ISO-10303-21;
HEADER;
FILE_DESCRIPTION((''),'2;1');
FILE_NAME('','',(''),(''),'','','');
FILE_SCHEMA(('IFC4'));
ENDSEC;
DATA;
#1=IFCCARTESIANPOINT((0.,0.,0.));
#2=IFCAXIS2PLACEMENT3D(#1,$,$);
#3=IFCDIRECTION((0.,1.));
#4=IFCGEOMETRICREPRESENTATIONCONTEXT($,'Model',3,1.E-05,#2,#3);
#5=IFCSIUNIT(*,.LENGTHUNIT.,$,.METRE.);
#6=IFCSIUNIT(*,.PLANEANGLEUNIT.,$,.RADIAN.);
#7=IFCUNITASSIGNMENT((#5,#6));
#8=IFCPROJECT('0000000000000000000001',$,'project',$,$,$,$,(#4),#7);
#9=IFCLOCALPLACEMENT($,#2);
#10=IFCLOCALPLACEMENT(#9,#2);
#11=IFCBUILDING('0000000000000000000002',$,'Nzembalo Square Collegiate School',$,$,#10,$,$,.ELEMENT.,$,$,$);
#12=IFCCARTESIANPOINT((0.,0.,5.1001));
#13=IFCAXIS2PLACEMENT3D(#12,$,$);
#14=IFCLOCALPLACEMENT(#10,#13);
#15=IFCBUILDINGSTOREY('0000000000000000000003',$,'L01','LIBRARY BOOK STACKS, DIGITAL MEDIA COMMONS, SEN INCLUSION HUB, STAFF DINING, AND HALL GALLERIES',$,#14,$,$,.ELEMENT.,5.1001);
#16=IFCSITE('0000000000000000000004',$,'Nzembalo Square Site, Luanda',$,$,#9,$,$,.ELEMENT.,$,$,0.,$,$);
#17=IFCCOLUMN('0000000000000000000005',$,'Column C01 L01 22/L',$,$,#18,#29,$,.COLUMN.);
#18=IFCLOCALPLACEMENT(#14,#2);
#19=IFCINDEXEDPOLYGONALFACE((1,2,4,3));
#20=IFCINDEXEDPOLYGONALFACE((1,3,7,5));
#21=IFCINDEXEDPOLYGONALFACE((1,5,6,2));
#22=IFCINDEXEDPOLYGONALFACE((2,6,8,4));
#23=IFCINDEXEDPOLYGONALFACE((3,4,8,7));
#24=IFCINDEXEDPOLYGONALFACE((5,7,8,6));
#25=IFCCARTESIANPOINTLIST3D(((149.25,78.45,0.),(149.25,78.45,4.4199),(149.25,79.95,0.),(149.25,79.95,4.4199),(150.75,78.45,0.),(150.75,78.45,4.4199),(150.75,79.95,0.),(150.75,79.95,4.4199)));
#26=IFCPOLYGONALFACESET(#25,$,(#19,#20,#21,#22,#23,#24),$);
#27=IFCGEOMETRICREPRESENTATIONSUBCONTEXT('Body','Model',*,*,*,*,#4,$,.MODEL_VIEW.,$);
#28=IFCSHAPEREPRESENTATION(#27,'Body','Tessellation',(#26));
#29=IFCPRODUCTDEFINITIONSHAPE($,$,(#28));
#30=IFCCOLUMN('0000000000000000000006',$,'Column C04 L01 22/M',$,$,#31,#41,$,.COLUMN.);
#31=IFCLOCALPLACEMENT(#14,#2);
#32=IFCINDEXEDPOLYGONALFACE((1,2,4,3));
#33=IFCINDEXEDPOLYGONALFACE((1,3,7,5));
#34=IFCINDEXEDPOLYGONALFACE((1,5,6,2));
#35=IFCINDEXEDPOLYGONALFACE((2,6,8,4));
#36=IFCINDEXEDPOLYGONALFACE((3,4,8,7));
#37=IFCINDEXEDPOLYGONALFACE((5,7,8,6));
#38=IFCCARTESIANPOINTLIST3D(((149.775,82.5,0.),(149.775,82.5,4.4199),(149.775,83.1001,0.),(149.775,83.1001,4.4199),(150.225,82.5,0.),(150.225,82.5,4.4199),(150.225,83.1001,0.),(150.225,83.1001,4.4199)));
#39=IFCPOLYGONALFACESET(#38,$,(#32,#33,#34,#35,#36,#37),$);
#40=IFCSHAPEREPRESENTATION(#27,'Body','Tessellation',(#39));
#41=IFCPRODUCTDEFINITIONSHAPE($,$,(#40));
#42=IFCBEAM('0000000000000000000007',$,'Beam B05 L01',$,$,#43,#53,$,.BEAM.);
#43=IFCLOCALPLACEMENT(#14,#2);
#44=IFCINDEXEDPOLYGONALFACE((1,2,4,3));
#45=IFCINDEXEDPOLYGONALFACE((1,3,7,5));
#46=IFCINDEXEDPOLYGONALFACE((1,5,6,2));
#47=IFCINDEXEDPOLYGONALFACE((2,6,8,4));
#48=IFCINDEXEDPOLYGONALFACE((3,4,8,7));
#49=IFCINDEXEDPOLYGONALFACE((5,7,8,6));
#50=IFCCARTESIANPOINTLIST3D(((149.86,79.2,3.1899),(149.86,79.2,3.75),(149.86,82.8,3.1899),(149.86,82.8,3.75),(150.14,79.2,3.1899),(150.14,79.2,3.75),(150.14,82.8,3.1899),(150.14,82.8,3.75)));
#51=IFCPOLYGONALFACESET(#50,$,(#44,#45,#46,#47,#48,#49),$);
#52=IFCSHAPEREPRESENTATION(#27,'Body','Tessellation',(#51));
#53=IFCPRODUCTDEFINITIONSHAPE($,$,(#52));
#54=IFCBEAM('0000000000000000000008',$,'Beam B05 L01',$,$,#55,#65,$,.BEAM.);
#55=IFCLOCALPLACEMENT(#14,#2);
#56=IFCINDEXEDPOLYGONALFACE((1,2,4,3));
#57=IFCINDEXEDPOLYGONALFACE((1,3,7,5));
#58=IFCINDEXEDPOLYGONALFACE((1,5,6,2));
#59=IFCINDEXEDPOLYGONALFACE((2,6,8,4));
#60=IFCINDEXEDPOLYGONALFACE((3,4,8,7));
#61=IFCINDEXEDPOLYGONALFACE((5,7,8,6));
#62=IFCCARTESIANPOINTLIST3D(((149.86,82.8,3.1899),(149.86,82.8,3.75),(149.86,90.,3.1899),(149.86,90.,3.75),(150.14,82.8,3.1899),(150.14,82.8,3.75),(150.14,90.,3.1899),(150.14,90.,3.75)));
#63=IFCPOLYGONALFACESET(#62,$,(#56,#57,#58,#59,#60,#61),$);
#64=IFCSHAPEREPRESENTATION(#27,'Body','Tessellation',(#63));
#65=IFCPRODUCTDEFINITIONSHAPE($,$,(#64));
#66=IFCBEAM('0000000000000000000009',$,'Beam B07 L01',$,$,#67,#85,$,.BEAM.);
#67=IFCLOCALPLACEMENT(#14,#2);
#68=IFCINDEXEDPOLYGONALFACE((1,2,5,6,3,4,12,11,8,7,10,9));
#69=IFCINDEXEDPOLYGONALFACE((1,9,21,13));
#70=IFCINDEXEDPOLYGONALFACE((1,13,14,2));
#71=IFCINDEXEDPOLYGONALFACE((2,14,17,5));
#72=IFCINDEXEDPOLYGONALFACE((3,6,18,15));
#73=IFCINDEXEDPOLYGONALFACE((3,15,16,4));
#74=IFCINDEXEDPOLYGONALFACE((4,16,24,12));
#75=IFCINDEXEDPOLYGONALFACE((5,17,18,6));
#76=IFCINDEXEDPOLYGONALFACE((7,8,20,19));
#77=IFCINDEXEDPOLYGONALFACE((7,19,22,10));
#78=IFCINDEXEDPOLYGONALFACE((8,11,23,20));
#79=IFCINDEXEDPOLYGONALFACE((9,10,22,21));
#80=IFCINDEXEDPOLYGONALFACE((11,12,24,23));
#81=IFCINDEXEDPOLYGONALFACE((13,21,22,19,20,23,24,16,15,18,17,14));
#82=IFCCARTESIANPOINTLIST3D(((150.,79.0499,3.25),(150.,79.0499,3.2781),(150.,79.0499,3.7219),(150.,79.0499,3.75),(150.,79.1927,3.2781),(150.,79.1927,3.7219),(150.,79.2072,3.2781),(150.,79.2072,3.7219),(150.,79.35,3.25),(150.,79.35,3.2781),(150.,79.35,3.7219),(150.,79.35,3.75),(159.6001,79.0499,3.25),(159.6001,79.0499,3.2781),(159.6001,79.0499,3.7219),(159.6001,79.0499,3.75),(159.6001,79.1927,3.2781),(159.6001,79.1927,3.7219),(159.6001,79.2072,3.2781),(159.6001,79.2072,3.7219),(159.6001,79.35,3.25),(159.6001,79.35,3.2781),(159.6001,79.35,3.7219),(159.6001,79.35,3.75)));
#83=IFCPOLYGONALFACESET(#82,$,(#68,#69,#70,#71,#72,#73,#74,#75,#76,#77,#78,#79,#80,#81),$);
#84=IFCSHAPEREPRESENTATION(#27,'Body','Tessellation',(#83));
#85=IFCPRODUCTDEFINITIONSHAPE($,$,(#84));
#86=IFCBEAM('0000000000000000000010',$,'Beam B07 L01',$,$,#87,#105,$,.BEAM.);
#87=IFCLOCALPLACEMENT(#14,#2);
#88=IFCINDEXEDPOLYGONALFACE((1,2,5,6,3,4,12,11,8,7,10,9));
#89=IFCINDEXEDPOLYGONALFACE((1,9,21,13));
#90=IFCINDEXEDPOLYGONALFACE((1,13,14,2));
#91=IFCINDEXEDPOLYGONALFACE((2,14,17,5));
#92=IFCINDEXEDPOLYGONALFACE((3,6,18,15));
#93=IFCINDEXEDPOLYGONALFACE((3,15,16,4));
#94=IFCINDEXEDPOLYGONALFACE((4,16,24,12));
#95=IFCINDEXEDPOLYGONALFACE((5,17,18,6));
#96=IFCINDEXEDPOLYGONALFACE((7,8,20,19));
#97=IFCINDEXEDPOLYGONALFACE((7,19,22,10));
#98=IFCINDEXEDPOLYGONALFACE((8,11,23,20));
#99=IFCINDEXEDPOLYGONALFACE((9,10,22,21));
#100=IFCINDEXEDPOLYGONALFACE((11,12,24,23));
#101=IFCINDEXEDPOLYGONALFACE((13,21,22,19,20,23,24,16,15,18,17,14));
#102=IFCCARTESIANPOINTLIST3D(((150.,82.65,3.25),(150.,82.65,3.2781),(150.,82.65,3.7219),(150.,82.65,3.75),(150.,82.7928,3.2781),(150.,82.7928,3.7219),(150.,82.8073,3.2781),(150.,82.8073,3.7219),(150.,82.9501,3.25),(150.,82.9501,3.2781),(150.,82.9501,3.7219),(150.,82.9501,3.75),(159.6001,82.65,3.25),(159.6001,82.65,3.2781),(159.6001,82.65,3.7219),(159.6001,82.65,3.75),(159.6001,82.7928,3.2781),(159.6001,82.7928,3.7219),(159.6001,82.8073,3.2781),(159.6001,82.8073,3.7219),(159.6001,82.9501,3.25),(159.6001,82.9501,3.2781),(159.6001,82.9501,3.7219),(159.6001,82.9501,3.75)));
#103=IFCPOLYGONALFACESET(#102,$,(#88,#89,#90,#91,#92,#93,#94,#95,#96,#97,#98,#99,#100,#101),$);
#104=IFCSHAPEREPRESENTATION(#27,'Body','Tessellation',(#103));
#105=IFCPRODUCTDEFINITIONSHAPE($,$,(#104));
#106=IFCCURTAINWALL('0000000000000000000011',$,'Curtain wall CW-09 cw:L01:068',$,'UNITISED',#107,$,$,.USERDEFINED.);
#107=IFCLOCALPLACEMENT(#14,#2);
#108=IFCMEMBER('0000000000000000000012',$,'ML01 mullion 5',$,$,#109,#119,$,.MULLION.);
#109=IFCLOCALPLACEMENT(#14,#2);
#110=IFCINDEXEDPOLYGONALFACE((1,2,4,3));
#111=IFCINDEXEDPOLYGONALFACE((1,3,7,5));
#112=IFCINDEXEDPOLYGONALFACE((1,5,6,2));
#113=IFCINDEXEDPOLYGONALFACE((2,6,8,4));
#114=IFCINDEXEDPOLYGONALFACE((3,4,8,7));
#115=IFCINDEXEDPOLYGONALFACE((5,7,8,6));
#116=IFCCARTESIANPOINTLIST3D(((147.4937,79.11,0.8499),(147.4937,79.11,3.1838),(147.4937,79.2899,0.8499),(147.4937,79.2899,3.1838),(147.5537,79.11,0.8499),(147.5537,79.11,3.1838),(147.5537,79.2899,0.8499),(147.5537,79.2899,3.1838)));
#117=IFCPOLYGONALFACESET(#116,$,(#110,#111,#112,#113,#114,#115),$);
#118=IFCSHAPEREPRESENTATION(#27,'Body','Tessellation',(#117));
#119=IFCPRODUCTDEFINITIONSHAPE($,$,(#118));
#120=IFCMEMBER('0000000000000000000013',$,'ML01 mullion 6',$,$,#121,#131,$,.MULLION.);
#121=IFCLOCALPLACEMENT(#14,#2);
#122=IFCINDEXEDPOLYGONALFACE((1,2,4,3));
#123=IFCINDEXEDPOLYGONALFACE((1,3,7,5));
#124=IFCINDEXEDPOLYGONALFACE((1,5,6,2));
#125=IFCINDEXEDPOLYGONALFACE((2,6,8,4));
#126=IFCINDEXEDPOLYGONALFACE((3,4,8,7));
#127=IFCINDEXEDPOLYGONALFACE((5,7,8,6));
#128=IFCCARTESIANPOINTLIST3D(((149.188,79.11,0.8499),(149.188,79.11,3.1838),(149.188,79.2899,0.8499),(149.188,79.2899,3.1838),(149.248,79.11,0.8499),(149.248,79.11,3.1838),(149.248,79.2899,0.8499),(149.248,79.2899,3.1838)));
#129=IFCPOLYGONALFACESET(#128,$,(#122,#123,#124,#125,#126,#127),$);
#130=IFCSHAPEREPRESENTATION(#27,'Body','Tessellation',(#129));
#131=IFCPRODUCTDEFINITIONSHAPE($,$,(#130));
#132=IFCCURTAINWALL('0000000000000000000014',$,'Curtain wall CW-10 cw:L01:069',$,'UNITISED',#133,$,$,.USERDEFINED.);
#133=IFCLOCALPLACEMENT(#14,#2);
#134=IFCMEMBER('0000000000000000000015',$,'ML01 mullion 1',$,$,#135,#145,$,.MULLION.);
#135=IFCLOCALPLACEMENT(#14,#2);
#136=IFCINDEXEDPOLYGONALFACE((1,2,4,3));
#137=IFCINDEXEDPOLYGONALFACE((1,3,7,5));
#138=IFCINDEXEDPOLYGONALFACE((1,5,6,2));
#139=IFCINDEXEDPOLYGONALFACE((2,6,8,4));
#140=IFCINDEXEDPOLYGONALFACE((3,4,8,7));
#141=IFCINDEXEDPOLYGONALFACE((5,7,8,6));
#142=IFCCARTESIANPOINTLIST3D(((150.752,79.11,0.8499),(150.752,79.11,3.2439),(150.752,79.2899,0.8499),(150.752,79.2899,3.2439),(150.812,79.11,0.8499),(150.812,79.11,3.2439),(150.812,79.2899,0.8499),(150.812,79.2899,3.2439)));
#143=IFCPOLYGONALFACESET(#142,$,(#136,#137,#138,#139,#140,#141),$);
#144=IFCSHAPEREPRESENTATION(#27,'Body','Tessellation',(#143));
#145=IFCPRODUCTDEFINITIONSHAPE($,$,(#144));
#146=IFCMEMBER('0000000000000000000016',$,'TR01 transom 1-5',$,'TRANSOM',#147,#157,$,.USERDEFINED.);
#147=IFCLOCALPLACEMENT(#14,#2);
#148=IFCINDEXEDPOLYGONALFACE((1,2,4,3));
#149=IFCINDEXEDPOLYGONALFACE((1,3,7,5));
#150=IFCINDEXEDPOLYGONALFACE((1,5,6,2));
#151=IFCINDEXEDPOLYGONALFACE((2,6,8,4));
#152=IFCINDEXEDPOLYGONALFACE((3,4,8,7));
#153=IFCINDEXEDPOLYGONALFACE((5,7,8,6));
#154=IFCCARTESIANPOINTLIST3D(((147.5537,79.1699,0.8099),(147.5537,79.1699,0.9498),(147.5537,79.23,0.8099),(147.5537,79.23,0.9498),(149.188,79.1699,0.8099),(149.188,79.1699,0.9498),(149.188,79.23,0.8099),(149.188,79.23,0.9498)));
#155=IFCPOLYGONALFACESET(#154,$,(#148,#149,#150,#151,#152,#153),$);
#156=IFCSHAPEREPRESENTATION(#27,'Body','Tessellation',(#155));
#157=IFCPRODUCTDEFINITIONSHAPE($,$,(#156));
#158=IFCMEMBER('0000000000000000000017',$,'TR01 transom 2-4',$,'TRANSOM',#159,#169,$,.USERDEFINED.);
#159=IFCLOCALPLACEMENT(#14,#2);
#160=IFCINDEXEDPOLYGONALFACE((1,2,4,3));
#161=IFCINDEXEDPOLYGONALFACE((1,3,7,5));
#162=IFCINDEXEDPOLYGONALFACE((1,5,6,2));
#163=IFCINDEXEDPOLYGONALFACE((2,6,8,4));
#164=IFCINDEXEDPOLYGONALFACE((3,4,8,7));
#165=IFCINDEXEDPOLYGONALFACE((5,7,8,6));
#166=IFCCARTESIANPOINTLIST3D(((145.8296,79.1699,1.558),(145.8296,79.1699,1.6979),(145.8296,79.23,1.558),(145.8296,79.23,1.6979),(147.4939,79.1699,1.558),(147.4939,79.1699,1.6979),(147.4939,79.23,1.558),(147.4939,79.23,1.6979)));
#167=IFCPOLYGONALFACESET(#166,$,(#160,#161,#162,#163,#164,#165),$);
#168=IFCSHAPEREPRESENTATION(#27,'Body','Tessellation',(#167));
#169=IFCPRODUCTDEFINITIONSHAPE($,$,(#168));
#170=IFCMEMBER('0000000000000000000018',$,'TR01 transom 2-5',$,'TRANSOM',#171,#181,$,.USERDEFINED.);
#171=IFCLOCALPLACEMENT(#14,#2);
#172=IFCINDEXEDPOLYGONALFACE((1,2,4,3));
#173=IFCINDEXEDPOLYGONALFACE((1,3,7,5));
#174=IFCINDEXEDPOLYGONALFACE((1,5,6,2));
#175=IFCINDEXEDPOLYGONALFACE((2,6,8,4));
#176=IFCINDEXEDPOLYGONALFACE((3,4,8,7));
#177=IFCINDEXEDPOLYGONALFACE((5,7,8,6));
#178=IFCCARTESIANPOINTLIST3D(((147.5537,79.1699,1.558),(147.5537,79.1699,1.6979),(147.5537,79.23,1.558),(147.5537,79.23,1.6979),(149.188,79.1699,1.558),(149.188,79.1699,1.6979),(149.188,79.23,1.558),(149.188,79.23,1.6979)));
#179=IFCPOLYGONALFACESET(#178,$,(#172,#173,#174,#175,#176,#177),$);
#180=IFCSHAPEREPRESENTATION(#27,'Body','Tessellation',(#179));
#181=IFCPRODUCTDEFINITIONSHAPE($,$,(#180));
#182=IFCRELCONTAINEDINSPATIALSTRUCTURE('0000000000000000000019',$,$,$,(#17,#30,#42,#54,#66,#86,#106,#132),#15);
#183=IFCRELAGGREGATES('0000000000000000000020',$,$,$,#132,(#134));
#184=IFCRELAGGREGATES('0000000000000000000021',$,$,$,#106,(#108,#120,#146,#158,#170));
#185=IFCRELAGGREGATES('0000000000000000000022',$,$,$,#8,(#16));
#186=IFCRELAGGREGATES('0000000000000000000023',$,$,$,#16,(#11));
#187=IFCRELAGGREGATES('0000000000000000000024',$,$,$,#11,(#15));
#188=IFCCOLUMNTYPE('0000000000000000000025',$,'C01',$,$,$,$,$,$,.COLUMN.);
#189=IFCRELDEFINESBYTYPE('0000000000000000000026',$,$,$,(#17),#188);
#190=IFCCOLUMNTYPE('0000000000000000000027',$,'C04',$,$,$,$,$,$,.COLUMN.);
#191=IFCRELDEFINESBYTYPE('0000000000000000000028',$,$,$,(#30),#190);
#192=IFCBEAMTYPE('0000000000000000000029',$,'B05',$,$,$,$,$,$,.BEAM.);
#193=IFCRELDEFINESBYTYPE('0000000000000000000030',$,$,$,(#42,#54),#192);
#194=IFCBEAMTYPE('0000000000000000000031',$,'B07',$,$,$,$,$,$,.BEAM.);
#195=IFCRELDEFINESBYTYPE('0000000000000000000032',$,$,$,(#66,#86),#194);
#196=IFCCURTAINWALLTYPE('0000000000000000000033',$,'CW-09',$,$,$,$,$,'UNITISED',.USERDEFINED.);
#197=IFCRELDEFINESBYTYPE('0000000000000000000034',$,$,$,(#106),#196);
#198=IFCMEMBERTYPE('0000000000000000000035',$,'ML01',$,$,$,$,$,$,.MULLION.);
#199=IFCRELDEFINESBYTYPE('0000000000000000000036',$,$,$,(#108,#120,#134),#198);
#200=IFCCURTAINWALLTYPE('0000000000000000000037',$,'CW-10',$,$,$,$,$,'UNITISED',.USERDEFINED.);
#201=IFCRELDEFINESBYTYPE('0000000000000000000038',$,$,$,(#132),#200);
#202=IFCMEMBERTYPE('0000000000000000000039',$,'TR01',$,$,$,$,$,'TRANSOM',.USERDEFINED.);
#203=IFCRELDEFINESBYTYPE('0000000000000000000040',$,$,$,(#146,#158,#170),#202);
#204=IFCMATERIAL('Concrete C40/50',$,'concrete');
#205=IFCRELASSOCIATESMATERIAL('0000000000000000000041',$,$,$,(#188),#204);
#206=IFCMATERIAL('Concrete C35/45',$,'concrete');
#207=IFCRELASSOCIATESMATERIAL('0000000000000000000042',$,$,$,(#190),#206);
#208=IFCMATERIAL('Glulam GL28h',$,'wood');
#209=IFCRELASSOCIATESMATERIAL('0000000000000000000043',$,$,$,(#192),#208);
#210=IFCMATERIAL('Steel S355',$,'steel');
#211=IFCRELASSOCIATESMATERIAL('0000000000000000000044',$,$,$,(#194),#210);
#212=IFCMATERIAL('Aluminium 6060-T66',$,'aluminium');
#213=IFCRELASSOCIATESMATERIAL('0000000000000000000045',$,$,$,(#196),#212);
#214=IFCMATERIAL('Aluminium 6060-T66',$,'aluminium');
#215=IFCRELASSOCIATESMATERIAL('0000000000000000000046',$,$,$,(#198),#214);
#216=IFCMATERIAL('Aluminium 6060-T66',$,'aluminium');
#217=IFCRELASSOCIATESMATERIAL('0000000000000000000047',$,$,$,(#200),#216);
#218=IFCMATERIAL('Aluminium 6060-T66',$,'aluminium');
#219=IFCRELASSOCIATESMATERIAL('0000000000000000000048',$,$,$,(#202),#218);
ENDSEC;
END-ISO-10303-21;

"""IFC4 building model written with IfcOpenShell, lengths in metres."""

from ifc_helpers import new_model, si_unit, direction, frame, origin, origin_2d, place, context, subcontext, project, spatial, rectangle, i_section, extrude, material, material_profile, profile_set, type_object, element, aggregate, save


model = new_model("IFC4")

# Units and contexts
model_context = context("Model", 3, precision=1e-05, world=origin(), true_north=direction((0.0, 1.0)))
body_context = subcontext(model_context, "Body", "Model", "MODEL_VIEW")
ifc_project = project(units=[si_unit("LENGTHUNIT", "METRE"), si_unit("PLANEANGLEUNIT", "RADIAN")], contexts=[model_context])

# Site, building, storey
site_placement = place(None, origin())
site = spatial("IfcSite", under=ifc_project, at=site_placement, Name="Nzembalo Square Site, Luanda", CompositionType="ELEMENT", RefElevation=0.0)
building_placement = place(site_placement, origin())
building = spatial("IfcBuilding", under=site, at=building_placement, Name="Nzembalo Square Collegiate School", CompositionType="ELEMENT")
storey_placement = place(building_placement, frame((0.0, 0.0, 5.1001)))
storey = spatial("IfcBuildingStorey", under=building, at=storey_placement, Name="L01", Description="LIBRARY BOOK STACKS, DIGITAL MEDIA COMMONS, SEN INCLUSION HUB, STAFF DINING, AND HALL GALLERIES", CompositionType="ELEMENT", Elevation=5.1001)

# Columns
ifc_material_1 = material(Name="Concrete C40/50", Category="concrete")
ifc_material_profile_1 = material_profile(ifc_material_1, rectangle(XDim=1.5, YDim=1.5, at=origin_2d()), Name="RC 1500x1500")
ifc_profile_set_1 = profile_set([ifc_material_profile_1], Name="Concrete C40/50")
column_type_1 = type_object("IfcColumnType", Name="C01", PredefinedType="COLUMN", material=ifc_profile_set_1)
column_1_placement = place(storey_placement, frame((150.0, 79.2, 0.0), z_axis=(0.0, 0.0, 1.0), x_axis=(1.0, 0.0, 0.0)))
element("IfcColumn", 1, at=column_1_placement, inside=storey, type_object=column_type_1, Name="Column C01 L01 22/L", PredefinedType="COLUMN", context=body_context, shape_type="SweptSolid", body=[
    extrude(rectangle(XDim=1.5, YDim=1.5, at=origin_2d()), origin(), (0.0, 0.0, 1.0), 4.4199),
])
ifc_material_2 = material(Name="Concrete C35/45", Category="concrete")
ifc_material_profile_2 = material_profile(ifc_material_2, rectangle(XDim=0.45, YDim=0.6001, at=origin_2d()), Name="RC 450x600")
ifc_profile_set_2 = profile_set([ifc_material_profile_2], Name="Concrete C35/45")
column_type_2 = type_object("IfcColumnType", Name="C04", PredefinedType="COLUMN", material=ifc_profile_set_2)
column_2_placement = place(storey_placement, frame((150.0, 82.8, 0.0), z_axis=(0.0, 0.0, 1.0), x_axis=(1.0, 0.0, 0.0)))
element("IfcColumn", 2, at=column_2_placement, inside=storey, type_object=column_type_2, Name="Column C04 L01 22/M", PredefinedType="COLUMN", context=body_context, shape_type="SweptSolid", body=[
    extrude(rectangle(XDim=0.45, YDim=0.6001, at=origin_2d()), origin(), (0.0, 0.0, 1.0), 4.4199),
])

# Beams
ifc_material_3 = material(Name="Glulam GL28h", Category="wood")
ifc_material_profile_3 = material_profile(ifc_material_3, rectangle(XDim=0.28, YDim=0.5601, at=origin_2d()), Name="GL28h 280x560")
ifc_profile_set_3 = profile_set([ifc_material_profile_3], Name="Glulam GL28h")
beam_type_1 = type_object("IfcBeamType", Name="B05", PredefinedType="BEAM", material=ifc_profile_set_3)
beam_1_placement = place(storey_placement, frame((150.0, 79.2, 3.47), z_axis=(0.0, 1.0, 0.0), x_axis=(-1.0, 0.0, 0.0)))
element("IfcBeam", 3, at=beam_1_placement, inside=storey, type_object=beam_type_1, Name="Beam B05 L01", PredefinedType="BEAM", context=body_context, shape_type="SweptSolid", body=[
    extrude(rectangle(XDim=0.28, YDim=0.5601, at=origin_2d()), origin(), (0.0, 0.0, 1.0), 3.6001),
])
beam_2_placement = place(storey_placement, frame((150.0, 82.8, 3.47), z_axis=(0.0, 1.0, 0.0), x_axis=(-1.0, 0.0, 0.0)))
element("IfcBeam", 4, at=beam_2_placement, inside=storey, type_object=beam_type_1, Name="Beam B05 L01", PredefinedType="BEAM", context=body_context, shape_type="SweptSolid", body=[
    extrude(rectangle(XDim=0.28, YDim=0.5601, at=origin_2d()), origin(), (0.0, 0.0, 1.0), 7.2),
])
ifc_material_4 = material(Name="Steel S355", Category="steel")
ifc_material_profile_4 = material_profile(ifc_material_4, i_section(OverallWidth=0.3, OverallDepth=0.5, WebThickness=0.0144, FlangeThickness=0.0281, at=origin_2d()), Name="HEB 500")
ifc_profile_set_4 = profile_set([ifc_material_profile_4], Name="Steel S355")
beam_type_2 = type_object("IfcBeamType", Name="B07", PredefinedType="BEAM", material=ifc_profile_set_4)
for number, where, z_axis, x_axis, name in (
    (5, (150.0, 79.2, 3.5), (1.0, 0.0, 0.0), (0.0, 1.0, 0.0), "Beam B07 L01"),
    (6, (150.0, 82.8, 3.5), (1.0, 0.0, 0.0), (0.0, 1.0, 0.0), "Beam B07 L01"),
):
    element("IfcBeam", number, at=place(storey_placement, frame(where, z_axis=z_axis, x_axis=x_axis)), inside=storey, type_object=beam_type_2, Name=name, PredefinedType="BEAM", context=body_context, shape_type="SweptSolid", body=[
        extrude(i_section(OverallWidth=0.3, OverallDepth=0.5, WebThickness=0.0144, FlangeThickness=0.0281, at=origin_2d()), origin(), (0.0, 0.0, 1.0), 9.6001),
    ])

# Curtain wall, members
ifc_material_5 = material(Name="Aluminium 6060-T66", Category="aluminium")
curtain_wall_type_1 = type_object("IfcCurtainWallType", Name="CW-09", ElementType="UNITISED", PredefinedType="USERDEFINED", material=ifc_material_5)
curtain_wall_1_placement = place(storey_placement, origin())
curtain_wall_1 = element("IfcCurtainWall", 7, at=curtain_wall_1_placement, inside=storey, type_object=curtain_wall_type_1, Name="Curtain wall CW-09 cw:L01:068", ObjectType="UNITISED", PredefinedType="USERDEFINED")
ifc_material_6 = material(Name="Aluminium 6060-T66", Category="aluminium")
ifc_material_profile_5 = material_profile(ifc_material_6, rectangle(XDim=0.0601, YDim=0.1799, at=origin_2d()), Name="ALU M60x180")
ifc_profile_set_5 = profile_set([ifc_material_profile_5], Name="Aluminium 6060-T66")
member_type_1 = type_object("IfcMemberType", Name="ML01", PredefinedType="MULLION", material=ifc_profile_set_5)
member_1_placement = place(storey_placement, frame((147.5237, 79.2, 0.8499), z_axis=(0.0, 0.0, 1.0), x_axis=(1.0, 0.0, 0.0)))
member_1 = element("IfcMember", 8, at=member_1_placement, type_object=member_type_1, Name="ML01 mullion 5", PredefinedType="MULLION", context=body_context, shape_type="SweptSolid", body=[
    extrude(rectangle(XDim=0.0601, YDim=0.1799, at=origin_2d()), origin(), (0.0, 0.0, 1.0), 2.334),
])
member_2_placement = place(storey_placement, frame((149.218, 79.2, 0.8499), z_axis=(0.0, 0.0, 1.0), x_axis=(1.0, 0.0, 0.0)))
member_2 = element("IfcMember", 9, at=member_2_placement, type_object=member_type_1, Name="ML01 mullion 6", PredefinedType="MULLION", context=body_context, shape_type="SweptSolid", body=[
    extrude(rectangle(XDim=0.0601, YDim=0.1799, at=origin_2d()), origin(), (0.0, 0.0, 1.0), 2.334),
])

# Curtain wall, member
ifc_material_7 = material(Name="Aluminium 6060-T66", Category="aluminium")
curtain_wall_type_2 = type_object("IfcCurtainWallType", Name="CW-10", ElementType="UNITISED", PredefinedType="USERDEFINED", material=ifc_material_7)
curtain_wall_2_placement = place(storey_placement, origin())
curtain_wall_2 = element("IfcCurtainWall", 10, at=curtain_wall_2_placement, inside=storey, type_object=curtain_wall_type_2, Name="Curtain wall CW-10 cw:L01:069", ObjectType="UNITISED", PredefinedType="USERDEFINED")
member_3_placement = place(storey_placement, frame((150.782, 79.2, 0.8499), z_axis=(0.0, 0.0, 1.0), x_axis=(1.0, 0.0, 0.0)))
member_3 = element("IfcMember", 11, at=member_3_placement, type_object=member_type_1, Name="ML01 mullion 1", PredefinedType="MULLION", context=body_context, shape_type="SweptSolid", body=[
    extrude(rectangle(XDim=0.0601, YDim=0.1799, at=origin_2d()), origin(), (0.0, 0.0, 1.0), 2.394),
])

# Members
ifc_material_8 = material(Name="Aluminium 6060-T66", Category="aluminium")
ifc_material_profile_6 = material_profile(ifc_material_8, rectangle(XDim=0.0601, YDim=0.1399, at=origin_2d()), Name="ALU T60x140")
ifc_profile_set_6 = profile_set([ifc_material_profile_6], Name="Aluminium 6060-T66")
member_type_2 = type_object("IfcMemberType", Name="TR01", ElementType="TRANSOM", PredefinedType="USERDEFINED", material=ifc_profile_set_6)
member_4_placement = place(storey_placement, frame((147.5537, 79.2, 0.8799), z_axis=(1.0, 0.0, 0.0), x_axis=(0.0, 1.0, 0.0)))
member_4 = element("IfcMember", 12, at=member_4_placement, type_object=member_type_2, Name="TR01 transom 1-5", ObjectType="TRANSOM", PredefinedType="USERDEFINED", context=body_context, shape_type="SweptSolid", body=[
    extrude(rectangle(XDim=0.0601, YDim=0.1399, at=origin_2d()), origin(), (0.0, 0.0, 1.0), 1.6343),
])
member_5_placement = place(storey_placement, frame((145.8296, 79.2, 1.6279), z_axis=(1.0, 0.0, 0.0), x_axis=(0.0, 1.0, 0.0)))
member_5 = element("IfcMember", 13, at=member_5_placement, type_object=member_type_2, Name="TR01 transom 2-4", ObjectType="TRANSOM", PredefinedType="USERDEFINED", context=body_context, shape_type="SweptSolid", body=[
    extrude(rectangle(XDim=0.0601, YDim=0.1399, at=origin_2d()), origin(), (0.0, 0.0, 1.0), 1.6643),
])
member_6_placement = place(storey_placement, frame((147.5537, 79.2, 1.6279), z_axis=(1.0, 0.0, 0.0), x_axis=(0.0, 1.0, 0.0)))
member_6 = element("IfcMember", 14, at=member_6_placement, type_object=member_type_2, Name="TR01 transom 2-5", ObjectType="TRANSOM", PredefinedType="USERDEFINED", context=body_context, shape_type="SweptSolid", body=[
    extrude(rectangle(XDim=0.0601, YDim=0.1399, at=origin_2d()), origin(), (0.0, 0.0, 1.0), 1.6343),
])
aggregate(curtain_wall_2, [member_3])

aggregate(curtain_wall_1, [member_1, member_2, member_4, member_5, member_6])

save(model, "model.ifc")
